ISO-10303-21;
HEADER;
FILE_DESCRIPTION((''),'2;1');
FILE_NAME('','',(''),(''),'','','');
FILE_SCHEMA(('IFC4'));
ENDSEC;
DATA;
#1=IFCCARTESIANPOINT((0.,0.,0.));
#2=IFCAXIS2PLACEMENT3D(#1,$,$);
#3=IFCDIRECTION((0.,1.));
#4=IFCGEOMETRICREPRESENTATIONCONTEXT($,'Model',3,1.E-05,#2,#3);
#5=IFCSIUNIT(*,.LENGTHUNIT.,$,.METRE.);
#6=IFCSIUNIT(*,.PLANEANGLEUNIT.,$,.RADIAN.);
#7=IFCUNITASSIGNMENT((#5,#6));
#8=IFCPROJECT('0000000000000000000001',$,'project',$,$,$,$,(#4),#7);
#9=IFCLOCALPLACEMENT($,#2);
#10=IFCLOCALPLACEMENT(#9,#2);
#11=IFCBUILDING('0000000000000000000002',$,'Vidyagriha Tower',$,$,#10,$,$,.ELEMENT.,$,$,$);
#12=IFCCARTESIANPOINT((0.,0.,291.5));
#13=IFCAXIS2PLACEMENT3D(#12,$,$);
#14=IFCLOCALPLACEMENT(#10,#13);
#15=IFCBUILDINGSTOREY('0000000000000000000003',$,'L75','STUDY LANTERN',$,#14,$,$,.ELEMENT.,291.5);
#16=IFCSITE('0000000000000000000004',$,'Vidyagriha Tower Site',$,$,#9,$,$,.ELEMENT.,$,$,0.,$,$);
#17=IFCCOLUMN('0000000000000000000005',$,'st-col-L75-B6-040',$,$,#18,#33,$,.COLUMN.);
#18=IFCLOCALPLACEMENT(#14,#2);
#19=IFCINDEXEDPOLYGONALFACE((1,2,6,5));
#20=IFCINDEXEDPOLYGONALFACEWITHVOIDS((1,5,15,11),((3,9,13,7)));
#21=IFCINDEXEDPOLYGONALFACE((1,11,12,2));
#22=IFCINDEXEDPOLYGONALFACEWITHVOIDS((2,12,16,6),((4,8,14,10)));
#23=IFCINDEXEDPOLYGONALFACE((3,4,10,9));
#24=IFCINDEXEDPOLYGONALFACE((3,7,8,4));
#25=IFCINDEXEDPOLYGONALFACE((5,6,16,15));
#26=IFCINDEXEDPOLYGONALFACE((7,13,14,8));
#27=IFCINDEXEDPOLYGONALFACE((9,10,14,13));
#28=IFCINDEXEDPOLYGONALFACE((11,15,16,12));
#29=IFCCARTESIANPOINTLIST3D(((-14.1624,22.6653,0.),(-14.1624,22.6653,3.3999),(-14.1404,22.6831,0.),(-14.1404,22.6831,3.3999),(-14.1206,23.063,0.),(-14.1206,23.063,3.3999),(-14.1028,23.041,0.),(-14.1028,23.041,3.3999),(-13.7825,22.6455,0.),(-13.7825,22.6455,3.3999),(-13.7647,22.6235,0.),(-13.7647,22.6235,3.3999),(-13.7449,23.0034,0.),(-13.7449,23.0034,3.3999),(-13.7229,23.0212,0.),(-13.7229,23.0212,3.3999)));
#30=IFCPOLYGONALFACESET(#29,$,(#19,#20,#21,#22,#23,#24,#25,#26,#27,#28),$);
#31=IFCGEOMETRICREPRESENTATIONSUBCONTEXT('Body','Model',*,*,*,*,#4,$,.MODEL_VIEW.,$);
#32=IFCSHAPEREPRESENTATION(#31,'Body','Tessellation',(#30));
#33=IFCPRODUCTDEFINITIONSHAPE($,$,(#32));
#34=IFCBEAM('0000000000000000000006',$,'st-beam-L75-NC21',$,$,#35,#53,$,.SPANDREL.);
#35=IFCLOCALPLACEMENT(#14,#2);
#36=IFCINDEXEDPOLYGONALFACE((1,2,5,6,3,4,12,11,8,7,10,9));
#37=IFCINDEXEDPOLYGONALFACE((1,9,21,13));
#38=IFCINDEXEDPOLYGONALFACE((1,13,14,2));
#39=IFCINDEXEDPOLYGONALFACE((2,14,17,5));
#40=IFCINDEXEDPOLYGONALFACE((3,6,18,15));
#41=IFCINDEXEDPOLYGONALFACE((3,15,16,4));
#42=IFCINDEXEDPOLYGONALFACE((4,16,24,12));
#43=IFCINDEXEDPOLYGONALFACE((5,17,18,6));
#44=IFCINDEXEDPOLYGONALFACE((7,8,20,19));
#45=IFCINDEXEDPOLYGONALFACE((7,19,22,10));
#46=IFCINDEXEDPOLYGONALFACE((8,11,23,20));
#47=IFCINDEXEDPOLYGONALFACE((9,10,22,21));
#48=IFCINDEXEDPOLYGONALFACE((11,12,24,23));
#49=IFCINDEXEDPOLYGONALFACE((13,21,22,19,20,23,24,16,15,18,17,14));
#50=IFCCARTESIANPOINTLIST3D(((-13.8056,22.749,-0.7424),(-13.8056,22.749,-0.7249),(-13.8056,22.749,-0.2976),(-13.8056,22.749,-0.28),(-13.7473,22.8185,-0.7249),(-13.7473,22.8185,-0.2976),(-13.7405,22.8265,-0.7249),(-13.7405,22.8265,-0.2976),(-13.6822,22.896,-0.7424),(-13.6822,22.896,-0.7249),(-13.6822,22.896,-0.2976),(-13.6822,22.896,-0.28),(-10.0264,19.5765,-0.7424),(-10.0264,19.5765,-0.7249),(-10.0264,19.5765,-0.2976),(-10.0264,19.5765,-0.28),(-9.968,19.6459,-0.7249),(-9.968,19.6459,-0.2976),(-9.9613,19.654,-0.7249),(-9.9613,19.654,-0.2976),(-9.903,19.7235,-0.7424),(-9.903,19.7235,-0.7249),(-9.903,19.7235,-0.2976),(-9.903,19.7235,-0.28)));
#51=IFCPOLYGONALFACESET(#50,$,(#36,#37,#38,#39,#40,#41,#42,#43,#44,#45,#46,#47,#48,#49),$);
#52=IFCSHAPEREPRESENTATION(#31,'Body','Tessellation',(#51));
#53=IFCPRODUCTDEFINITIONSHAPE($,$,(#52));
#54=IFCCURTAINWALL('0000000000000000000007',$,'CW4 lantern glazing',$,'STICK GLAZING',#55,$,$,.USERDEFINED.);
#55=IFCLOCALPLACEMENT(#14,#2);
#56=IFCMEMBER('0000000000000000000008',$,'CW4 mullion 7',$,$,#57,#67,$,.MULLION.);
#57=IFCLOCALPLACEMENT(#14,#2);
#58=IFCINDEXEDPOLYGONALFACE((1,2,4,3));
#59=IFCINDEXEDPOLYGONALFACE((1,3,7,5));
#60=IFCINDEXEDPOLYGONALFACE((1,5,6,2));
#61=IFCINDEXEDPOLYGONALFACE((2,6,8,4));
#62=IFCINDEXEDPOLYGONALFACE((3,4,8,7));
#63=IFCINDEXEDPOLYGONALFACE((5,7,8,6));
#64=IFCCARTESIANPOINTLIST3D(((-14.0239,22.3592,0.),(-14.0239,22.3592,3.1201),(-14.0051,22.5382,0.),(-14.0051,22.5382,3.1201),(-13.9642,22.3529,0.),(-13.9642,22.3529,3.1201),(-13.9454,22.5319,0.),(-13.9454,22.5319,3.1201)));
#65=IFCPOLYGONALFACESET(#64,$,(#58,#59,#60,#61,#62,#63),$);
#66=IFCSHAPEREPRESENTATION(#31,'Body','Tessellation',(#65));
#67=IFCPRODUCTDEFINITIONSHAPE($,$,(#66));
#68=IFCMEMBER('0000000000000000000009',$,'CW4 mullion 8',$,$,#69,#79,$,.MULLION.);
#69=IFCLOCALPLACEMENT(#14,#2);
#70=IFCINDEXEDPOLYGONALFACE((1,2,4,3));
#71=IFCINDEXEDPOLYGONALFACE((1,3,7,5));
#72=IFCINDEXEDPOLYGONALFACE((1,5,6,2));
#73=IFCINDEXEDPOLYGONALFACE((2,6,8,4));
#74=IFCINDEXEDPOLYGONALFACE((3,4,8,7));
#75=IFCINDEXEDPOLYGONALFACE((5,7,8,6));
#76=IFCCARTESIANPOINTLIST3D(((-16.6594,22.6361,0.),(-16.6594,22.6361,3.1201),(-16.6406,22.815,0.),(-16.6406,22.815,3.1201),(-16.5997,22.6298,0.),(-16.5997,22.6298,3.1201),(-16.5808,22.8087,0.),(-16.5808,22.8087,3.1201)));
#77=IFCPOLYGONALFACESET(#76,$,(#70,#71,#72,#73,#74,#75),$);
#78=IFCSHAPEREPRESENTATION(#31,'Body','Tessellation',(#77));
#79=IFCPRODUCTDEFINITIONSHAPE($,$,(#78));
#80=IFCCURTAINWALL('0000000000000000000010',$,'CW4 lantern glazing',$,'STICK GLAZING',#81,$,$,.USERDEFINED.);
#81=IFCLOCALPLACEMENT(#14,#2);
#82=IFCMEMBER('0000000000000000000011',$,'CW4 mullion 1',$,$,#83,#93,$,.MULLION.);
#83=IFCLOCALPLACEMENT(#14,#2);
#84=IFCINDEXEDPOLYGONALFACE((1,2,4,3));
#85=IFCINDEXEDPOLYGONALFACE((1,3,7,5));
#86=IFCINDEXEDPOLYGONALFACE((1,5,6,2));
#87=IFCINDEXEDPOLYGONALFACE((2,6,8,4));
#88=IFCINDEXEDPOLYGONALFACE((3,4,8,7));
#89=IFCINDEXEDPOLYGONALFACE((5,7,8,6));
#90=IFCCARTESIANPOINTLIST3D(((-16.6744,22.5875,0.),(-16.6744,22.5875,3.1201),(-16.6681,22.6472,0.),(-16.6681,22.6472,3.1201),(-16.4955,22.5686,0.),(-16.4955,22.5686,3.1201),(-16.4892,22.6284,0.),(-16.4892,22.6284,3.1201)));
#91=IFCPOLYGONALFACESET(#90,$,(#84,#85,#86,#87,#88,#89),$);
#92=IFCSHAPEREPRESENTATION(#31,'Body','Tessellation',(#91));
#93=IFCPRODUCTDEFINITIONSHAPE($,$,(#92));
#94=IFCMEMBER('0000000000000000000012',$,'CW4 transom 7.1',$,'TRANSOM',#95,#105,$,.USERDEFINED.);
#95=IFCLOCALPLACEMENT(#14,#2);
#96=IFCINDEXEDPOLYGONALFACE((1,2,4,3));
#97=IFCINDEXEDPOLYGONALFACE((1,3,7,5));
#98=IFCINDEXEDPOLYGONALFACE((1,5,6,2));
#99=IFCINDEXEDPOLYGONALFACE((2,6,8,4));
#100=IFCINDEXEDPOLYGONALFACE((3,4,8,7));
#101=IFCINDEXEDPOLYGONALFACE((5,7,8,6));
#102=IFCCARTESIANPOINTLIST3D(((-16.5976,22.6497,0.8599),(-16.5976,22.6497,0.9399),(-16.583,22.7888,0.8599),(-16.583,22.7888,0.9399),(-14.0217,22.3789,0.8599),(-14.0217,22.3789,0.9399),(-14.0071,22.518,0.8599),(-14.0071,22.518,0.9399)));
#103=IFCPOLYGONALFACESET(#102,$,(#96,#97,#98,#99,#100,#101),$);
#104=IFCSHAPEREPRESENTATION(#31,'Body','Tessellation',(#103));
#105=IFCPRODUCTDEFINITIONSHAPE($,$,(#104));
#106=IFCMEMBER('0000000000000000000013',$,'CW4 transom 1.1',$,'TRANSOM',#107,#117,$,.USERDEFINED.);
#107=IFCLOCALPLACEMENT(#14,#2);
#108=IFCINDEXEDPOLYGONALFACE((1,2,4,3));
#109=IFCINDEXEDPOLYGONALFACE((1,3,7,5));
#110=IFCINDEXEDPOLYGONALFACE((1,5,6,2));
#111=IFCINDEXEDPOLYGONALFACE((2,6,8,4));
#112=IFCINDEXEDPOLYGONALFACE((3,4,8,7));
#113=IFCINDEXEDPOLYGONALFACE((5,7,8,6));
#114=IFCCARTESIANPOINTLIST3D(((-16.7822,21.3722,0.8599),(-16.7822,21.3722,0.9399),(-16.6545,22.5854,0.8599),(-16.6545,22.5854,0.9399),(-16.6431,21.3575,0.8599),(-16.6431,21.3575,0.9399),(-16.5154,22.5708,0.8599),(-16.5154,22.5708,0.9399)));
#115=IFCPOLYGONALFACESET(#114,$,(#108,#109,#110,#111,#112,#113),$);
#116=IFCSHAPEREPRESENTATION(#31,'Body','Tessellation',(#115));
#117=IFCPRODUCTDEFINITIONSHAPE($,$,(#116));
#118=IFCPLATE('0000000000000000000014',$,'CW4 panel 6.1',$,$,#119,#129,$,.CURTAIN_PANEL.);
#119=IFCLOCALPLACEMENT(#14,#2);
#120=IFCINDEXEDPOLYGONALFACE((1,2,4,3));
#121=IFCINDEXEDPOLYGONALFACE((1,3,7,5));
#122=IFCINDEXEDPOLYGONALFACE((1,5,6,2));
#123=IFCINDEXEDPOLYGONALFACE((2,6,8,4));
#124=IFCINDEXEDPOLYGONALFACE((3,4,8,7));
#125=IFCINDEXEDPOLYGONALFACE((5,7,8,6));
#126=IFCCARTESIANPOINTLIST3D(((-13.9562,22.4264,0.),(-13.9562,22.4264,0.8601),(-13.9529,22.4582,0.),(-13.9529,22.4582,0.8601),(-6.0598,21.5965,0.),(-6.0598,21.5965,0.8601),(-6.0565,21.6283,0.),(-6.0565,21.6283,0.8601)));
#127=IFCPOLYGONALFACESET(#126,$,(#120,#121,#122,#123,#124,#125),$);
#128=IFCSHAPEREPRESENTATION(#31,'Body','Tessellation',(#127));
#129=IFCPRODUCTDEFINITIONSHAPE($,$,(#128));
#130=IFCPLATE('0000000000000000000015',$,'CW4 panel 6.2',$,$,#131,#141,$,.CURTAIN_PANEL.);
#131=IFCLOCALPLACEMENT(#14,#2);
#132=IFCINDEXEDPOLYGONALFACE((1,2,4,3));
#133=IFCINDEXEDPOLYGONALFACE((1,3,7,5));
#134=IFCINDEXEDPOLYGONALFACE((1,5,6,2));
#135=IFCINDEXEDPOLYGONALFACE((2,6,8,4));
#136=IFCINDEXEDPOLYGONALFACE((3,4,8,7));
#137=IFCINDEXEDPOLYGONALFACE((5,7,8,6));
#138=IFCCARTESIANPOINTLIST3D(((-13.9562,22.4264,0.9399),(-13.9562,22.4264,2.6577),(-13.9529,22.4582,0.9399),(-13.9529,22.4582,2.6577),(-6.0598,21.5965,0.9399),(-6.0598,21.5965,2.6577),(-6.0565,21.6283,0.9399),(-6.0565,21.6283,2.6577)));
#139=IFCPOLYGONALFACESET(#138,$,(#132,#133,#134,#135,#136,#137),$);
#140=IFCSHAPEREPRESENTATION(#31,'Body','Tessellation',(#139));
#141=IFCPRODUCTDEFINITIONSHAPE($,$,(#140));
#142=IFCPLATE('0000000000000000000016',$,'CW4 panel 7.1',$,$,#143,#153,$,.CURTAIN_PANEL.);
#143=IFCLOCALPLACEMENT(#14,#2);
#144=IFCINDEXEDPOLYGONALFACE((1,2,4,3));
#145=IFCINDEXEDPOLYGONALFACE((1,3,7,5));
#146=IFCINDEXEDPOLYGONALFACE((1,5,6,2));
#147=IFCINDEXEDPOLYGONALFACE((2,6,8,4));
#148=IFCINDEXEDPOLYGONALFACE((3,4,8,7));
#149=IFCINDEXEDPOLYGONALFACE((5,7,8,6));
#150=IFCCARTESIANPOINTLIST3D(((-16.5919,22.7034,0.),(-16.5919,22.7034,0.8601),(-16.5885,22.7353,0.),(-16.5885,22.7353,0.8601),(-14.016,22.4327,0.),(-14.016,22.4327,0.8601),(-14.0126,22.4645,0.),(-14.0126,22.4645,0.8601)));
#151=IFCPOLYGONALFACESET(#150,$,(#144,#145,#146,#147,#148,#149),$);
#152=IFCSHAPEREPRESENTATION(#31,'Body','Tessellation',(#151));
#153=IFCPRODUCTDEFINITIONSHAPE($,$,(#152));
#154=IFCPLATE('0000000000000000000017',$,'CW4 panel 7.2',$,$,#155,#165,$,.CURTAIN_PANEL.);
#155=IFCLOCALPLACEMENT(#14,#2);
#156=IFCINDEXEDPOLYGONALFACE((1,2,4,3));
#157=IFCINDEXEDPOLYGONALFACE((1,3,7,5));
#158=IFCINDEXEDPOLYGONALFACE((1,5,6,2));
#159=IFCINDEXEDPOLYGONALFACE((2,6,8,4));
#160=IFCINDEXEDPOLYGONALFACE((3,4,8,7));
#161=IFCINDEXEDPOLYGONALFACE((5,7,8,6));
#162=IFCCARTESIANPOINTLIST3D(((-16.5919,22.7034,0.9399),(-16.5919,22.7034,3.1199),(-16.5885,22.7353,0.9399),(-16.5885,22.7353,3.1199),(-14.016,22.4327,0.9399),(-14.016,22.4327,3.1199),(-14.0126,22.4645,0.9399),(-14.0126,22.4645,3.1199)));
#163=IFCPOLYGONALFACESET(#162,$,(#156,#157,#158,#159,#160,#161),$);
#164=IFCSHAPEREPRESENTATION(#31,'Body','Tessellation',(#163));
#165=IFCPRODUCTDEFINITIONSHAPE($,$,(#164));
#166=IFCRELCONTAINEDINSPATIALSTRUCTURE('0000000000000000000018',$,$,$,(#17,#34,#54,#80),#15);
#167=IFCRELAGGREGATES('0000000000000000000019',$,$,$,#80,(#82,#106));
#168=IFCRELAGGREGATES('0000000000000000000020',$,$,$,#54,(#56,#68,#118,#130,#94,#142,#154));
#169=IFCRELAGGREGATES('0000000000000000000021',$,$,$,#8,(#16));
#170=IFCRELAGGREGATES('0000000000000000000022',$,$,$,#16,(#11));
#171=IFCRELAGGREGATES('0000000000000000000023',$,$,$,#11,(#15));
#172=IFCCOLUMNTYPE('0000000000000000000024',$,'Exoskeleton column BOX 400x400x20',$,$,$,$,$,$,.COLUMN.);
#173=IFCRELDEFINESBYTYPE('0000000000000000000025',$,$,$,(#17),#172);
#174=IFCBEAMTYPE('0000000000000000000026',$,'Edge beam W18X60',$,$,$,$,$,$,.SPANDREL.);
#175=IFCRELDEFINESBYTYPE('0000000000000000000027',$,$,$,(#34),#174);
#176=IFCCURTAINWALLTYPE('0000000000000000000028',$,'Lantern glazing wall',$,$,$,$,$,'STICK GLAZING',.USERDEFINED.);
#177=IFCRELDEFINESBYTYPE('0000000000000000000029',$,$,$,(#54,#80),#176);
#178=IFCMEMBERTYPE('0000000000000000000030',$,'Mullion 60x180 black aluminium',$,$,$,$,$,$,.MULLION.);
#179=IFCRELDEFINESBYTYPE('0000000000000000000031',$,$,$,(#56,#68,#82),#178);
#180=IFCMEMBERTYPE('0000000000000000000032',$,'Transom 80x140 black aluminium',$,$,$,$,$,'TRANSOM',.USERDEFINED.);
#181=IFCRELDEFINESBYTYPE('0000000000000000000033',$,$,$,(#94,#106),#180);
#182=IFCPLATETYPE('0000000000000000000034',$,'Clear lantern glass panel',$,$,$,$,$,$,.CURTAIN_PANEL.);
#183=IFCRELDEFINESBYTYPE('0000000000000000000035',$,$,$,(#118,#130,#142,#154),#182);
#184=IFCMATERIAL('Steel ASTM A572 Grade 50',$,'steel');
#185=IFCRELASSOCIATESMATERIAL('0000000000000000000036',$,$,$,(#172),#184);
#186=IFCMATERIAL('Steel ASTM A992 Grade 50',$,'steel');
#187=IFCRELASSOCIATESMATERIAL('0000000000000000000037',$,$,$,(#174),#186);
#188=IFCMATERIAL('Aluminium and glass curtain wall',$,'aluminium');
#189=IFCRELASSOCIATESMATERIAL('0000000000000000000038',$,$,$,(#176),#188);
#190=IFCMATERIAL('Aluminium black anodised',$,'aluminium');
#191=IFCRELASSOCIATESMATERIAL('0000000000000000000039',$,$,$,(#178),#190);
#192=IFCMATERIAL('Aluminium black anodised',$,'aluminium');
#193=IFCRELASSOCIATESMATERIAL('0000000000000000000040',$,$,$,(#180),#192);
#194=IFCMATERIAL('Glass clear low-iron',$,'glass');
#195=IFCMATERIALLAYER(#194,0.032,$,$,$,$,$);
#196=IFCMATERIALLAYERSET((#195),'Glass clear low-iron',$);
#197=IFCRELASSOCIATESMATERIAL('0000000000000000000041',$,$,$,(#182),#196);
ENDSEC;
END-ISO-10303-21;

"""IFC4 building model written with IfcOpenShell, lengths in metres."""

from ifc_helpers import new_model, si_unit, direction, frame, origin, origin_2d, place, context, subcontext, project, spatial, rectangle, hollow_rectangle, i_section, extrude, material, layer, layer_set, material_profile, profile_set, type_object, element, aggregate, save


model = new_model("IFC4")

# Units and contexts
model_context = context("Model", 3, precision=1e-05, world=origin(), true_north=direction((0.0, 1.0)))
body_context = subcontext(model_context, "Body", "Model", "MODEL_VIEW")
ifc_project = project(units=[si_unit("LENGTHUNIT", "METRE"), si_unit("PLANEANGLEUNIT", "RADIAN")], contexts=[model_context])

# Site, building, storey
site_placement = place(None, origin())
site = spatial("IfcSite", under=ifc_project, at=site_placement, Name="Vidyagriha Tower Site", CompositionType="ELEMENT", RefElevation=0.0)
building_placement = place(site_placement, origin())
building = spatial("IfcBuilding", under=site, at=building_placement, Name="Vidyagriha Tower", CompositionType="ELEMENT")
storey_placement = place(building_placement, frame((0.0, 0.0, 291.5)))
storey = spatial("IfcBuildingStorey", under=building, at=storey_placement, Name="L75", Description="STUDY LANTERN", CompositionType="ELEMENT", Elevation=291.5)

# Column
ifc_material_1 = material(Name="Steel ASTM A572 Grade 50", Category="steel")
ifc_material_profile_1 = material_profile(ifc_material_1, hollow_rectangle(XDim=0.3999, YDim=0.3999, WallThickness=0.02, at=origin_2d()), Name="BOX 400x400x20")
ifc_profile_set_1 = profile_set([ifc_material_profile_1], Name="Steel ASTM A572 Grade 50")
column_type = type_object("IfcColumnType", Name="Exoskeleton column BOX 400x400x20", PredefinedType="COLUMN", material=ifc_profile_set_1)
column_placement = place(storey_placement, frame((-13.9426, 22.8433, 0.0), z_axis=(0.0, 0.0, 1.0), x_axis=(0.994522, -0.104528, 0.0)))
element("IfcColumn", 1, at=column_placement, inside=storey, type_object=column_type, Name="st-col-L75-B6-040", PredefinedType="COLUMN", context=body_context, shape_type="SweptSolid", body=[
    extrude(hollow_rectangle(XDim=0.3999, YDim=0.3999, WallThickness=0.02, at=origin_2d()), origin(), (0.0, 0.0, 1.0), 3.3999),
])

# Beam
ifc_material_2 = material(Name="Steel ASTM A992 Grade 50", Category="steel")
ifc_material_profile_2 = material_profile(ifc_material_2, i_section(OverallWidth=0.1919, OverallDepth=0.4624, WebThickness=0.0105, FlangeThickness=0.0176, at=origin_2d()), Name="W18X60")
ifc_profile_set_2 = profile_set([ifc_material_profile_2], Name="Steel ASTM A992 Grade 50")
beam_type = type_object("IfcBeamType", Name="Edge beam W18X60", PredefinedType="SPANDREL", material=ifc_profile_set_2)
beam_placement = place(storey_placement, frame((-13.7439, 22.8225, -0.5112), z_axis=(0.765905, -0.642954, 0.0), x_axis=(0.642954, 0.765905, 0.0)))
element("IfcBeam", 2, at=beam_placement, inside=storey, type_object=beam_type, Name="st-beam-L75-NC21", PredefinedType="SPANDREL", context=body_context, shape_type="SweptSolid", body=[
    extrude(i_section(OverallWidth=0.1919, OverallDepth=0.4624, WebThickness=0.0105, FlangeThickness=0.0176, at=origin_2d()), origin(), (0.0, 0.0, 1.0), 4.9343),
])

# Curtain wall, members
ifc_material_3 = material(Name="Aluminium and glass curtain wall", Category="aluminium")
curtain_wall_type = type_object("IfcCurtainWallType", Name="Lantern glazing wall", ElementType="STICK GLAZING", PredefinedType="USERDEFINED", material=ifc_material_3)
curtain_wall_1_placement = place(storey_placement, origin())
curtain_wall_1 = element("IfcCurtainWall", 3, at=curtain_wall_1_placement, inside=storey, type_object=curtain_wall_type, Name="CW4 lantern glazing", ObjectType="STICK GLAZING", PredefinedType="USERDEFINED")
ifc_material_4 = material(Name="Aluminium black anodised", Category="aluminium")
ifc_material_profile_3 = material_profile(ifc_material_4, rectangle(XDim=0.1799, YDim=0.0601, at=origin_2d()), Name="Mullion 60x180 black aluminium")
ifc_profile_set_3 = profile_set([ifc_material_profile_3], Name="Aluminium black anodised")
member_type_1 = type_object("IfcMemberType", Name="Mullion 60x180 black aluminium", PredefinedType="MULLION", material=ifc_profile_set_3)
member_1_placement = place(storey_placement, frame((-13.9846, 22.4456, 0.0), z_axis=(0.0, 0.0, 1.0), x_axis=(-0.104528, -0.994522, 0.0)))
member_1 = element("IfcMember", 4, at=member_1_placement, type_object=member_type_1, Name="CW4 mullion 7", PredefinedType="MULLION", context=body_context, shape_type="SweptSolid", body=[
    extrude(rectangle(XDim=0.1799, YDim=0.0601, at=origin_2d()), origin(), (0.0, 0.0, 1.0), 3.1201),
])
member_2_placement = place(storey_placement, frame((-16.6201, 22.7224, 0.0), z_axis=(0.0, 0.0, 1.0), x_axis=(-0.104528, -0.994522, 0.0)))
member_2 = element("IfcMember", 5, at=member_2_placement, type_object=member_type_1, Name="CW4 mullion 8", PredefinedType="MULLION", context=body_context, shape_type="SweptSolid", body=[
    extrude(rectangle(XDim=0.1799, YDim=0.0601, at=origin_2d()), origin(), (0.0, 0.0, 1.0), 3.1201),
])

# Curtain wall, member
curtain_wall_2_placement = place(storey_placement, origin())
curtain_wall_2 = element("IfcCurtainWall", 6, at=curtain_wall_2_placement, inside=storey, type_object=curtain_wall_type, Name="CW4 lantern glazing", ObjectType="STICK GLAZING", PredefinedType="USERDEFINED")
member_3_placement = place(storey_placement, frame((-16.5818, 22.6079, 0.0), z_axis=(0.0, 0.0, 1.0), x_axis=(0.99452, -0.104549, 0.0)))
member_3 = element("IfcMember", 7, at=member_3_placement, type_object=member_type_1, Name="CW4 mullion 1", PredefinedType="MULLION", context=body_context, shape_type="SweptSolid", body=[
    extrude(rectangle(XDim=0.1799, YDim=0.0601, at=origin_2d()), origin(), (0.0, 0.0, 1.0), 3.1201),
])

# Members
ifc_material_5 = material(Name="Aluminium black anodised", Category="aluminium")
ifc_material_profile_4 = material_profile(ifc_material_5, rectangle(XDim=0.1399, YDim=0.0801, at=origin_2d()), Name="Transom 80x140 black aluminium")
ifc_profile_set_4 = profile_set([ifc_material_profile_4], Name="Aluminium black anodised")
member_type_2 = type_object("IfcMemberType", Name="Transom 80x140 black aluminium", ElementType="TRANSOM", PredefinedType="USERDEFINED", material=ifc_profile_set_4)
member_4_placement = place(storey_placement, frame((-14.0144, 22.4485, 0.8999), z_axis=(-0.994521, 0.104533, 0.0), x_axis=(-0.104533, -0.994521, 0.0)))
member_4 = element("IfcMember", 8, at=member_4_placement, type_object=member_type_2, Name="CW4 transom 7.1", ObjectType="TRANSOM", PredefinedType="USERDEFINED", context=body_context, shape_type="SweptSolid", body=[
    extrude(rectangle(XDim=0.1399, YDim=0.0801, at=origin_2d()), origin(), (0.0, 0.0, 1.0), 2.5901),
])
member_5_placement = place(storey_placement, frame((-16.585, 22.5781, 0.8999), z_axis=(-0.104654, -0.994509, 0.0), x_axis=(0.994509, -0.104654, 0.0)))
member_5 = element("IfcMember", 9, at=member_5_placement, type_object=member_type_2, Name="CW4 transom 1.1", ObjectType="TRANSOM", PredefinedType="USERDEFINED", context=body_context, shape_type="SweptSolid", body=[
    extrude(rectangle(XDim=0.1399, YDim=0.0801, at=origin_2d()), origin(), (0.0, 0.0, 1.0), 1.22),
])
aggregate(curtain_wall_2, [member_3, member_5])

# Plates
ifc_material_6 = material(Name="Glass clear low-iron", Category="glass")
ifc_layer = layer(ifc_material_6, 0.032)
ifc_layer_set = layer_set([ifc_layer], Name="Glass clear low-iron")
plate_type = type_object("IfcPlateType", Name="Clear lantern glass panel", PredefinedType="CURTAIN_PANEL", material=ifc_layer_set)
plate_1_placement = place(storey_placement, frame((-10.0063, 22.0273, 0.0), z_axis=(0.0, 0.0, 1.0), x_axis=(-0.994522, 0.104528, 0.0)))
plate_1 = element("IfcPlate", 10, at=plate_1_placement, type_object=plate_type, Name="CW4 panel 6.1", PredefinedType="CURTAIN_PANEL", context=body_context, shape_type="SweptSolid", body=[
    extrude(rectangle(XDim=7.9399, YDim=0.032, at=origin_2d()), origin(), (0.0, 0.0, 1.0), 0.8601),
])
plate_2_placement = place(storey_placement, frame((-10.0063, 22.0273, 0.9399), z_axis=(0.0, 0.0, 1.0), x_axis=(-0.994522, 0.104528, 0.0)))
plate_2 = element("IfcPlate", 11, at=plate_2_placement, type_object=plate_type, Name="CW4 panel 6.2", PredefinedType="CURTAIN_PANEL", context=body_context, shape_type="SweptSolid", body=[
    extrude(rectangle(XDim=7.9399, YDim=0.032, at=origin_2d()), origin(), (0.0, 0.0, 1.0), 1.7178),
])
plate_3_placement = place(storey_placement, frame((-15.3022, 22.584, 0.0), z_axis=(0.0, 0.0, 1.0), x_axis=(-0.994522, 0.104528, 0.0)))
plate_3 = element("IfcPlate", 12, at=plate_3_placement, type_object=plate_type, Name="CW4 panel 7.1", PredefinedType="CURTAIN_PANEL", context=body_context, shape_type="SweptSolid", body=[
    extrude(rectangle(XDim=2.5901, YDim=0.032, at=origin_2d()), origin(), (0.0, 0.0, 1.0), 0.8601),
])
plate_4_placement = place(storey_placement, frame((-15.3022, 22.584, 0.9399), z_axis=(0.0, 0.0, 1.0), x_axis=(-0.994522, 0.104528, 0.0)))
plate_4 = element("IfcPlate", 13, at=plate_4_placement, type_object=plate_type, Name="CW4 panel 7.2", PredefinedType="CURTAIN_PANEL", context=body_context, shape_type="SweptSolid", body=[
    extrude(rectangle(XDim=2.5901, YDim=0.032, at=origin_2d()), origin(), (0.0, 0.0, 1.0), 2.1799),
])
aggregate(curtain_wall_1, [member_1, member_2, plate_1, plate_2, member_4, plate_3, plate_4])

save(model, "model.ifc")
